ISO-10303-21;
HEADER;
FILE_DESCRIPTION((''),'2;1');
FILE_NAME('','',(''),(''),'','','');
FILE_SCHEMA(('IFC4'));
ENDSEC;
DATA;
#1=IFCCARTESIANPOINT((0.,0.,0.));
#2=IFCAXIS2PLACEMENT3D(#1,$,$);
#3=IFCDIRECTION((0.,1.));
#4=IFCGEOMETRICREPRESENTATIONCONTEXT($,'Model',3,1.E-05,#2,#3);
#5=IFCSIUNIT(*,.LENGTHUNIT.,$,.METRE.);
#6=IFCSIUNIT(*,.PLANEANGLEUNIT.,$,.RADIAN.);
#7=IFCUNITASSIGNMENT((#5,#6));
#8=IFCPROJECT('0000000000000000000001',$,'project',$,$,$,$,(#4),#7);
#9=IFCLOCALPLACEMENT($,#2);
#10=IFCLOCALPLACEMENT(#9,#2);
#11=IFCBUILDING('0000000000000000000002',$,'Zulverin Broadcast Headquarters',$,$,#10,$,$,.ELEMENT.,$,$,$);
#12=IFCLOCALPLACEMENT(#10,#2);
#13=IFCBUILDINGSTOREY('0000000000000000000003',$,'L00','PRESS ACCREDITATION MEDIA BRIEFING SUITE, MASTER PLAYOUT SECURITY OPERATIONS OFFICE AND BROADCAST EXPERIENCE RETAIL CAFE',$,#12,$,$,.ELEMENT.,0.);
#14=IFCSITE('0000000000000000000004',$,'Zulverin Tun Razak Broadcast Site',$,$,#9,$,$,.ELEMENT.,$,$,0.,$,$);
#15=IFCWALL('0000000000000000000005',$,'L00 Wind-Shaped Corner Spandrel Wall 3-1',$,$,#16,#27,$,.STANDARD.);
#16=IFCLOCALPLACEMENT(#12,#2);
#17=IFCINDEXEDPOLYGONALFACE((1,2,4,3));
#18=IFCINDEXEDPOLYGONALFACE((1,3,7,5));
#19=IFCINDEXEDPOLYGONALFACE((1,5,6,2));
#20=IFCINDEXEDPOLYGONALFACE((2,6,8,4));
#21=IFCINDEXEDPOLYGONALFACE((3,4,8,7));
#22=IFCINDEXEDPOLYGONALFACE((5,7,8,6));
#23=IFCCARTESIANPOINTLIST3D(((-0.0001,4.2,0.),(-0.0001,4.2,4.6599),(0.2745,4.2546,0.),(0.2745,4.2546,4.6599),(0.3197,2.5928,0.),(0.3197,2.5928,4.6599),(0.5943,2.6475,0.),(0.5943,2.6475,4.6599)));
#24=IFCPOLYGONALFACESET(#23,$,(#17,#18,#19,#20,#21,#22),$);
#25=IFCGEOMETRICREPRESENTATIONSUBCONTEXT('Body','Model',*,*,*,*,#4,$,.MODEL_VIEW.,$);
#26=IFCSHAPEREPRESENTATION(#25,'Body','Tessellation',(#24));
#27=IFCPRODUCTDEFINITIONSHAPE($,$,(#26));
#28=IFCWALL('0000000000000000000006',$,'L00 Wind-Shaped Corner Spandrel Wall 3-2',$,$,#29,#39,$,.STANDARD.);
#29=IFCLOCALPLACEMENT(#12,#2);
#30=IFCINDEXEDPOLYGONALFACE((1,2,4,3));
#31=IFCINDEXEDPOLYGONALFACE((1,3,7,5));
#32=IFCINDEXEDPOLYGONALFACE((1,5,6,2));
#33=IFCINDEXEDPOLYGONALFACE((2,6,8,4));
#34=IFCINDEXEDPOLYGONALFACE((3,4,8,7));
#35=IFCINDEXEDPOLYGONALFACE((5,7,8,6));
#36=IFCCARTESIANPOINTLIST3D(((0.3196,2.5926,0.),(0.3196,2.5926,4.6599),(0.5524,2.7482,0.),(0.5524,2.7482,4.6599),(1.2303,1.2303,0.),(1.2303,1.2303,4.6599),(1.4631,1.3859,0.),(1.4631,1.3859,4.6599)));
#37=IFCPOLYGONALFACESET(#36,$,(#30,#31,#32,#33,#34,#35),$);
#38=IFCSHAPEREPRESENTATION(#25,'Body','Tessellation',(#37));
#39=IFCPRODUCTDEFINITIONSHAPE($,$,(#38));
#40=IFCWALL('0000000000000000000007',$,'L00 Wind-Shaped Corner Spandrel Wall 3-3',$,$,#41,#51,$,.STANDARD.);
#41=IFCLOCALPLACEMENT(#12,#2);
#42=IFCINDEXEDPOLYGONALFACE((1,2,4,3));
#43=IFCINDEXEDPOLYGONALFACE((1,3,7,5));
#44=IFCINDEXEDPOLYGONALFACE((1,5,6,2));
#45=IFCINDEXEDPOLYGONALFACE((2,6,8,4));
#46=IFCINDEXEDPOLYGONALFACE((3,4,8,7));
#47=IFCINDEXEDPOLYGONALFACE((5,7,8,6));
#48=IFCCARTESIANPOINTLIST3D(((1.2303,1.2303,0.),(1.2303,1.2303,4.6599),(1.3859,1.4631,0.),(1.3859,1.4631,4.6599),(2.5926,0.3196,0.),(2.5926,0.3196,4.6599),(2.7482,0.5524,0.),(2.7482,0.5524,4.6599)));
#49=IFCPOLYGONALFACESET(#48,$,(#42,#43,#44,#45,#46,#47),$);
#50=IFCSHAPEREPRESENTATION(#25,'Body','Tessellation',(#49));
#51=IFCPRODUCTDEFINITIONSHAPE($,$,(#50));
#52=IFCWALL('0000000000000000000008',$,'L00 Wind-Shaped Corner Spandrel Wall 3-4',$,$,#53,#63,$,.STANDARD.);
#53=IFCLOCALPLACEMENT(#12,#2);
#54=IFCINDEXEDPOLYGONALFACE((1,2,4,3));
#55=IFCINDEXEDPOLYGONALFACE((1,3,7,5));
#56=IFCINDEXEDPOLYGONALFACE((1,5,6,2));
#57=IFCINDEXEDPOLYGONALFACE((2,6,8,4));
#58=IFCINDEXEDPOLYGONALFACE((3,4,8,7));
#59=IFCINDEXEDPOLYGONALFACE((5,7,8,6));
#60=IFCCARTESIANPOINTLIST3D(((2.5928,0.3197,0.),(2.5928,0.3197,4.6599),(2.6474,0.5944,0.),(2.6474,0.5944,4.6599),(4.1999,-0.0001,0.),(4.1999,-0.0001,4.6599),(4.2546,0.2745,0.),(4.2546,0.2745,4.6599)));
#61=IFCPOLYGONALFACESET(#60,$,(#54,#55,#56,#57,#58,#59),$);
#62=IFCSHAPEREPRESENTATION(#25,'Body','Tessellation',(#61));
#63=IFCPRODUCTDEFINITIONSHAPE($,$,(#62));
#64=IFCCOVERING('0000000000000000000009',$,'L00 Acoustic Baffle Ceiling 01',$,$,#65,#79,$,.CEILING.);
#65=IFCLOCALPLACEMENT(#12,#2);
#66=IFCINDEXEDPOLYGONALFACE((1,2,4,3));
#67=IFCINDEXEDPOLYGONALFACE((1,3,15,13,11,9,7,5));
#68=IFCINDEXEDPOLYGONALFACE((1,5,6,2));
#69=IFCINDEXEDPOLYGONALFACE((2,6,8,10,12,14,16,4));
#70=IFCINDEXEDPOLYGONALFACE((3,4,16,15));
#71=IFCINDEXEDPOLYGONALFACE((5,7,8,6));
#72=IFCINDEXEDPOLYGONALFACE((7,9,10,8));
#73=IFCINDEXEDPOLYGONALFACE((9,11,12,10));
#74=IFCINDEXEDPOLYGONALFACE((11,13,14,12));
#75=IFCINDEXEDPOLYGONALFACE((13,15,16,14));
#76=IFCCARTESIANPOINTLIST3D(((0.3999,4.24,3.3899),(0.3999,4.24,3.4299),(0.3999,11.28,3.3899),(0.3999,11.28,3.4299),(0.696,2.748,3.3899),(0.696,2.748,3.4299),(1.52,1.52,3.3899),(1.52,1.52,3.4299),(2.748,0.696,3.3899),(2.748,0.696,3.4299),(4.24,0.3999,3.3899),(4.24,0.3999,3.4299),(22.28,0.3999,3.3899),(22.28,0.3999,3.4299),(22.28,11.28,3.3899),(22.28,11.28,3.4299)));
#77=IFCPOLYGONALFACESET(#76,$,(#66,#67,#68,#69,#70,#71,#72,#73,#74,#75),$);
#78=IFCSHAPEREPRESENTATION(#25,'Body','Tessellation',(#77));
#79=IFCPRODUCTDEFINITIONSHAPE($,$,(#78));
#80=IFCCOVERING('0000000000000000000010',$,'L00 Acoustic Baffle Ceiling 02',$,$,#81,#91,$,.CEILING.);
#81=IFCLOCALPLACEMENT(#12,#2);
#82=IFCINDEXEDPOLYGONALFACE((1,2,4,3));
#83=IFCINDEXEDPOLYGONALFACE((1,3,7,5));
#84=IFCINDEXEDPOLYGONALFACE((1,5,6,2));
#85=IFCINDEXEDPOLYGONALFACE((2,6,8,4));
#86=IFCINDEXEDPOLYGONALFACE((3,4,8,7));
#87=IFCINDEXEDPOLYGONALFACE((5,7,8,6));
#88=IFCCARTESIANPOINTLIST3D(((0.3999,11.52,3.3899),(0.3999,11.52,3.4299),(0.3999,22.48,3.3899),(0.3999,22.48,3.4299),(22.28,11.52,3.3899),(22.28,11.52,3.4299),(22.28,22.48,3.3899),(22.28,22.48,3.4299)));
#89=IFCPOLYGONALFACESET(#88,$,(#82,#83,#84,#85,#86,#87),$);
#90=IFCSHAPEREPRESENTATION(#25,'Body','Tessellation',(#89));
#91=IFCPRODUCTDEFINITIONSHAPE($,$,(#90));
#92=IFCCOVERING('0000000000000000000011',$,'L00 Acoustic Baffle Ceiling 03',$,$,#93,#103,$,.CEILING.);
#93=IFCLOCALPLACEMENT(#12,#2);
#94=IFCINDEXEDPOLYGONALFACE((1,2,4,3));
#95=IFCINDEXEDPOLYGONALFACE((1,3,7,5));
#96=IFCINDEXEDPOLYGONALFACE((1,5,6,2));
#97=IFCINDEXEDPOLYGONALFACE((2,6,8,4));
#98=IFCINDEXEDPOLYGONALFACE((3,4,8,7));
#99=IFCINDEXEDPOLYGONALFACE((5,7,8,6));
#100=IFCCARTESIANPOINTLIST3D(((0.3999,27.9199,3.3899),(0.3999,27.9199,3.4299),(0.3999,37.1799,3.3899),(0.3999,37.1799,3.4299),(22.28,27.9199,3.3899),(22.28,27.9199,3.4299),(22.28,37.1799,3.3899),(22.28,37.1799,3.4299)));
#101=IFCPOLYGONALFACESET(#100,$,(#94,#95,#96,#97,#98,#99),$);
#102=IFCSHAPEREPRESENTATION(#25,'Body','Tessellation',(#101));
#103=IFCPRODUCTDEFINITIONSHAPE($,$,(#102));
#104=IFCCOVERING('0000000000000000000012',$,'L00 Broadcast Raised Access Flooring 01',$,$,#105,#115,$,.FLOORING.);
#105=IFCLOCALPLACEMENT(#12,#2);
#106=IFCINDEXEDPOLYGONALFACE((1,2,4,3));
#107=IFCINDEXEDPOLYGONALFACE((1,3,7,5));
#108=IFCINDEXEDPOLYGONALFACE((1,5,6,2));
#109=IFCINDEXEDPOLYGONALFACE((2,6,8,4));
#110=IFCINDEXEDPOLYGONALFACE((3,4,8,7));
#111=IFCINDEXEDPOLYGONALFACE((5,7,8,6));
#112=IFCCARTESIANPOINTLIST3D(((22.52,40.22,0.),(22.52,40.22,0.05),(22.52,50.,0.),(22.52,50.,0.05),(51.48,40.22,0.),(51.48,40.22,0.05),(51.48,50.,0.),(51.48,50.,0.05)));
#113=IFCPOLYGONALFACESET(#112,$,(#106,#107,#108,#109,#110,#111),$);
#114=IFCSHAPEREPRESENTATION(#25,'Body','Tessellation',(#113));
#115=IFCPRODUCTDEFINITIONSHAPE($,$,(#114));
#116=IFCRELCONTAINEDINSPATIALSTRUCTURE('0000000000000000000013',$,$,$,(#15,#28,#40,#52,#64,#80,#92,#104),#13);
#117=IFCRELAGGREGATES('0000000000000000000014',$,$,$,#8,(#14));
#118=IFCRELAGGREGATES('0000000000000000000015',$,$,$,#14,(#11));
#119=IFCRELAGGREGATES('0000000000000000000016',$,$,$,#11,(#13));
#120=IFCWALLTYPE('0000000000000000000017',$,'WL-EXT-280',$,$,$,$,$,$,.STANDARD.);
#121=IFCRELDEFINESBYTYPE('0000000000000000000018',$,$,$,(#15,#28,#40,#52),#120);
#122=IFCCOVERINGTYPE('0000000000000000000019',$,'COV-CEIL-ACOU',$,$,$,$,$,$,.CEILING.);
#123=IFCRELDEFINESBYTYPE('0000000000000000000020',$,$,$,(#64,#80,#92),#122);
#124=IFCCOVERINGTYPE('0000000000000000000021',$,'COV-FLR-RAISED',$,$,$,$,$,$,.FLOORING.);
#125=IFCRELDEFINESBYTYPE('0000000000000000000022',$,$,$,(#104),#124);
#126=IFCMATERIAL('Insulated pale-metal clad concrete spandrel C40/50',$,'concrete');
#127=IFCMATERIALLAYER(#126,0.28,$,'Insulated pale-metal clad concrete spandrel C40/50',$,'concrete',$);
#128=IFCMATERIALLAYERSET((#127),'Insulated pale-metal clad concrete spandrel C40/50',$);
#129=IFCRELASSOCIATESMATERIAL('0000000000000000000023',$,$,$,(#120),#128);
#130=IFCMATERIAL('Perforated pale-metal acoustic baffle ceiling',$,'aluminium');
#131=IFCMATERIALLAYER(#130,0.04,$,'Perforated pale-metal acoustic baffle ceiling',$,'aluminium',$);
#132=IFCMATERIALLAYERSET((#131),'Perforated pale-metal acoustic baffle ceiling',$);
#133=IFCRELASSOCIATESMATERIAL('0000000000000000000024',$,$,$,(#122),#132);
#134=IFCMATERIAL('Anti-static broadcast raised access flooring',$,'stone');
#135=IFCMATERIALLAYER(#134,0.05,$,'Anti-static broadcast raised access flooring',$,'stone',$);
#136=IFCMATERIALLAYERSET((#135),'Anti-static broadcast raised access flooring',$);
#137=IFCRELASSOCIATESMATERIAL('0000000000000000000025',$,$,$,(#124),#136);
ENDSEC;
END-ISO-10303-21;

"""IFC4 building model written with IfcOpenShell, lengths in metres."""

from ifc_helpers import new_model, si_unit, direction, frame, frame_2d, origin, place, context, subcontext, project, spatial, polyline, rectangle, outline, extrude, material, layer, layer_set, type_object, element, save


model = new_model("IFC4")

# Units and contexts
model_context = context("Model", 3, precision=1e-05, world=origin(), true_north=direction((0.0, 1.0)))
body_context = subcontext(model_context, "Body", "Model", "MODEL_VIEW")
ifc_project = project(units=[si_unit("LENGTHUNIT", "METRE"), si_unit("PLANEANGLEUNIT", "RADIAN")], contexts=[model_context])

# Site, building, storey
site_placement = place(None, origin())
site = spatial("IfcSite", under=ifc_project, at=site_placement, Name="Zulverin Tun Razak Broadcast Site", CompositionType="ELEMENT", RefElevation=0.0)
building_placement = place(site_placement, origin())
building = spatial("IfcBuilding", under=site, at=building_placement, Name="Zulverin Broadcast Headquarters", CompositionType="ELEMENT")
storey_placement = place(building_placement, origin())
storey = spatial("IfcBuildingStorey", under=building, at=storey_placement, Name="L00", Description="PRESS ACCREDITATION MEDIA BRIEFING SUITE, MASTER PLAYOUT SECURITY OPERATIONS OFFICE AND BROADCAST EXPERIENCE RETAIL CAFE", CompositionType="ELEMENT", Elevation=0.0)

# Shared definitions
ifc_material_1 = material(Name="Insulated pale-metal clad concrete spandrel C40/50", Category="concrete")
ifc_layer_1 = layer(ifc_material_1, 0.28, Name="Insulated pale-metal clad concrete spandrel C40/50", Category="concrete")
ifc_layer_set_1 = layer_set([ifc_layer_1], Name="Insulated pale-metal clad concrete spandrel C40/50")
wall_type_1 = type_object("IfcWallType", Name="WL-EXT-280", PredefinedType="STANDARD", material=ifc_layer_set_1)

# Walls
for number, where, z_axis, x_axis, name in (
    (1, (0.1372, 4.2273, 0.0), (0.0, 0.0, 1.0), (0.195171, -0.980769, 0.0), "L00 Wind-Shaped Corner Spandrel Wall 3-1"),
    (2, (0.436, 2.6704, 0.0), (0.0, 0.0, 1.0), (0.555731, -0.831362, 0.0), "L00 Wind-Shaped Corner Spandrel Wall 3-2"),
    (3, (1.3081, 1.3467, 0.0), (0.0, 0.0, 1.0), (0.831362, -0.555731, 0.0), "L00 Wind-Shaped Corner Spandrel Wall 3-3"),
    (4, (2.6201, 0.457, 0.0), (0.0, 0.0, 1.0), (0.980769, -0.195171, 0.0), "L00 Wind-Shaped Corner Spandrel Wall 3-4"),
):
    element("IfcWall", number, at=place(storey_placement, frame(where, z_axis=z_axis, x_axis=x_axis)), inside=storey, type_object=wall_type_1, Name=name, PredefinedType="STANDARD", context=body_context, shape_type="SweptSolid", body=[
        extrude(rectangle(XDim=1.6387, YDim=0.28, at=frame_2d((0.8193, 0.0))), origin(), (0.0, 0.0, 1.0), 4.6599),
    ])

# Coverings
ifc_material_2 = material(Name="Perforated pale-metal acoustic baffle ceiling", Category="aluminium")
ifc_layer_2 = layer(ifc_material_2, 0.04, Name="Perforated pale-metal acoustic baffle ceiling", Category="aluminium")
ifc_layer_set_2 = layer_set([ifc_layer_2], Name="Perforated pale-metal acoustic baffle ceiling")
covering_type_1 = type_object("IfcCoveringType", Name="COV-CEIL-ACOU", PredefinedType="CEILING", material=ifc_layer_set_2)
covering_1_placement = place(storey_placement, frame((0.0, 0.0, 3.3899)))
element("IfcCovering", 5, at=covering_1_placement, inside=storey, type_object=covering_type_1, Name="L00 Acoustic Baffle Ceiling 01", PredefinedType="CEILING", context=body_context, shape_type="SweptSolid", body=[
    extrude(outline(polyline([(22.28, 11.28), (0.3999, 11.28), (0.3999, 4.24), (0.696, 2.748), (1.52, 1.52), (2.748, 0.696), (4.24, 0.3999), (22.28, 0.3999), (22.28, 11.28)])), origin(), (0.0, 0.0, 1.0), 0.04),
])
covering_2_placement = place(storey_placement, frame((0.0, 0.0, 3.3899)))
element("IfcCovering", 6, at=covering_2_placement, inside=storey, type_object=covering_type_1, Name="L00 Acoustic Baffle Ceiling 02", PredefinedType="CEILING", context=body_context, shape_type="SweptSolid", body=[
    extrude(outline(polyline([(0.3999, 22.48), (0.3999, 11.52), (22.28, 11.52), (22.28, 22.48), (0.3999, 22.48)])), origin(), (0.0, 0.0, 1.0), 0.04),
])
covering_3_placement = place(storey_placement, frame((0.0, 0.0, 3.3899)))
element("IfcCovering", 7, at=covering_3_placement, inside=storey, type_object=covering_type_1, Name="L00 Acoustic Baffle Ceiling 03", PredefinedType="CEILING", context=body_context, shape_type="SweptSolid", body=[
    extrude(outline(polyline([(0.3999, 37.1799), (0.3999, 27.9199), (22.28, 27.9199), (22.28, 37.1799), (0.3999, 37.1799)])), origin(), (0.0, 0.0, 1.0), 0.04),
])
ifc_material_3 = material(Name="Anti-static broadcast raised access flooring", Category="stone")
ifc_layer_3 = layer(ifc_material_3, 0.05, Name="Anti-static broadcast raised access flooring", Category="stone")
ifc_layer_set_3 = layer_set([ifc_layer_3], Name="Anti-static broadcast raised access flooring")
covering_type_2 = type_object("IfcCoveringType", Name="COV-FLR-RAISED", PredefinedType="FLOORING", material=ifc_layer_set_3)
covering_4_placement = place(storey_placement, origin())
element("IfcCovering", 8, at=covering_4_placement, inside=storey, type_object=covering_type_2, Name="L00 Broadcast Raised Access Flooring 01", PredefinedType="FLOORING", context=body_context, shape_type="SweptSolid", body=[
    extrude(outline(polyline([(51.48, 50.0), (22.52, 50.0), (22.52, 40.22), (51.48, 40.22), (51.48, 50.0)])), origin(), (0.0, 0.0, 1.0), 0.05),
])

save(model, "model.ifc")
